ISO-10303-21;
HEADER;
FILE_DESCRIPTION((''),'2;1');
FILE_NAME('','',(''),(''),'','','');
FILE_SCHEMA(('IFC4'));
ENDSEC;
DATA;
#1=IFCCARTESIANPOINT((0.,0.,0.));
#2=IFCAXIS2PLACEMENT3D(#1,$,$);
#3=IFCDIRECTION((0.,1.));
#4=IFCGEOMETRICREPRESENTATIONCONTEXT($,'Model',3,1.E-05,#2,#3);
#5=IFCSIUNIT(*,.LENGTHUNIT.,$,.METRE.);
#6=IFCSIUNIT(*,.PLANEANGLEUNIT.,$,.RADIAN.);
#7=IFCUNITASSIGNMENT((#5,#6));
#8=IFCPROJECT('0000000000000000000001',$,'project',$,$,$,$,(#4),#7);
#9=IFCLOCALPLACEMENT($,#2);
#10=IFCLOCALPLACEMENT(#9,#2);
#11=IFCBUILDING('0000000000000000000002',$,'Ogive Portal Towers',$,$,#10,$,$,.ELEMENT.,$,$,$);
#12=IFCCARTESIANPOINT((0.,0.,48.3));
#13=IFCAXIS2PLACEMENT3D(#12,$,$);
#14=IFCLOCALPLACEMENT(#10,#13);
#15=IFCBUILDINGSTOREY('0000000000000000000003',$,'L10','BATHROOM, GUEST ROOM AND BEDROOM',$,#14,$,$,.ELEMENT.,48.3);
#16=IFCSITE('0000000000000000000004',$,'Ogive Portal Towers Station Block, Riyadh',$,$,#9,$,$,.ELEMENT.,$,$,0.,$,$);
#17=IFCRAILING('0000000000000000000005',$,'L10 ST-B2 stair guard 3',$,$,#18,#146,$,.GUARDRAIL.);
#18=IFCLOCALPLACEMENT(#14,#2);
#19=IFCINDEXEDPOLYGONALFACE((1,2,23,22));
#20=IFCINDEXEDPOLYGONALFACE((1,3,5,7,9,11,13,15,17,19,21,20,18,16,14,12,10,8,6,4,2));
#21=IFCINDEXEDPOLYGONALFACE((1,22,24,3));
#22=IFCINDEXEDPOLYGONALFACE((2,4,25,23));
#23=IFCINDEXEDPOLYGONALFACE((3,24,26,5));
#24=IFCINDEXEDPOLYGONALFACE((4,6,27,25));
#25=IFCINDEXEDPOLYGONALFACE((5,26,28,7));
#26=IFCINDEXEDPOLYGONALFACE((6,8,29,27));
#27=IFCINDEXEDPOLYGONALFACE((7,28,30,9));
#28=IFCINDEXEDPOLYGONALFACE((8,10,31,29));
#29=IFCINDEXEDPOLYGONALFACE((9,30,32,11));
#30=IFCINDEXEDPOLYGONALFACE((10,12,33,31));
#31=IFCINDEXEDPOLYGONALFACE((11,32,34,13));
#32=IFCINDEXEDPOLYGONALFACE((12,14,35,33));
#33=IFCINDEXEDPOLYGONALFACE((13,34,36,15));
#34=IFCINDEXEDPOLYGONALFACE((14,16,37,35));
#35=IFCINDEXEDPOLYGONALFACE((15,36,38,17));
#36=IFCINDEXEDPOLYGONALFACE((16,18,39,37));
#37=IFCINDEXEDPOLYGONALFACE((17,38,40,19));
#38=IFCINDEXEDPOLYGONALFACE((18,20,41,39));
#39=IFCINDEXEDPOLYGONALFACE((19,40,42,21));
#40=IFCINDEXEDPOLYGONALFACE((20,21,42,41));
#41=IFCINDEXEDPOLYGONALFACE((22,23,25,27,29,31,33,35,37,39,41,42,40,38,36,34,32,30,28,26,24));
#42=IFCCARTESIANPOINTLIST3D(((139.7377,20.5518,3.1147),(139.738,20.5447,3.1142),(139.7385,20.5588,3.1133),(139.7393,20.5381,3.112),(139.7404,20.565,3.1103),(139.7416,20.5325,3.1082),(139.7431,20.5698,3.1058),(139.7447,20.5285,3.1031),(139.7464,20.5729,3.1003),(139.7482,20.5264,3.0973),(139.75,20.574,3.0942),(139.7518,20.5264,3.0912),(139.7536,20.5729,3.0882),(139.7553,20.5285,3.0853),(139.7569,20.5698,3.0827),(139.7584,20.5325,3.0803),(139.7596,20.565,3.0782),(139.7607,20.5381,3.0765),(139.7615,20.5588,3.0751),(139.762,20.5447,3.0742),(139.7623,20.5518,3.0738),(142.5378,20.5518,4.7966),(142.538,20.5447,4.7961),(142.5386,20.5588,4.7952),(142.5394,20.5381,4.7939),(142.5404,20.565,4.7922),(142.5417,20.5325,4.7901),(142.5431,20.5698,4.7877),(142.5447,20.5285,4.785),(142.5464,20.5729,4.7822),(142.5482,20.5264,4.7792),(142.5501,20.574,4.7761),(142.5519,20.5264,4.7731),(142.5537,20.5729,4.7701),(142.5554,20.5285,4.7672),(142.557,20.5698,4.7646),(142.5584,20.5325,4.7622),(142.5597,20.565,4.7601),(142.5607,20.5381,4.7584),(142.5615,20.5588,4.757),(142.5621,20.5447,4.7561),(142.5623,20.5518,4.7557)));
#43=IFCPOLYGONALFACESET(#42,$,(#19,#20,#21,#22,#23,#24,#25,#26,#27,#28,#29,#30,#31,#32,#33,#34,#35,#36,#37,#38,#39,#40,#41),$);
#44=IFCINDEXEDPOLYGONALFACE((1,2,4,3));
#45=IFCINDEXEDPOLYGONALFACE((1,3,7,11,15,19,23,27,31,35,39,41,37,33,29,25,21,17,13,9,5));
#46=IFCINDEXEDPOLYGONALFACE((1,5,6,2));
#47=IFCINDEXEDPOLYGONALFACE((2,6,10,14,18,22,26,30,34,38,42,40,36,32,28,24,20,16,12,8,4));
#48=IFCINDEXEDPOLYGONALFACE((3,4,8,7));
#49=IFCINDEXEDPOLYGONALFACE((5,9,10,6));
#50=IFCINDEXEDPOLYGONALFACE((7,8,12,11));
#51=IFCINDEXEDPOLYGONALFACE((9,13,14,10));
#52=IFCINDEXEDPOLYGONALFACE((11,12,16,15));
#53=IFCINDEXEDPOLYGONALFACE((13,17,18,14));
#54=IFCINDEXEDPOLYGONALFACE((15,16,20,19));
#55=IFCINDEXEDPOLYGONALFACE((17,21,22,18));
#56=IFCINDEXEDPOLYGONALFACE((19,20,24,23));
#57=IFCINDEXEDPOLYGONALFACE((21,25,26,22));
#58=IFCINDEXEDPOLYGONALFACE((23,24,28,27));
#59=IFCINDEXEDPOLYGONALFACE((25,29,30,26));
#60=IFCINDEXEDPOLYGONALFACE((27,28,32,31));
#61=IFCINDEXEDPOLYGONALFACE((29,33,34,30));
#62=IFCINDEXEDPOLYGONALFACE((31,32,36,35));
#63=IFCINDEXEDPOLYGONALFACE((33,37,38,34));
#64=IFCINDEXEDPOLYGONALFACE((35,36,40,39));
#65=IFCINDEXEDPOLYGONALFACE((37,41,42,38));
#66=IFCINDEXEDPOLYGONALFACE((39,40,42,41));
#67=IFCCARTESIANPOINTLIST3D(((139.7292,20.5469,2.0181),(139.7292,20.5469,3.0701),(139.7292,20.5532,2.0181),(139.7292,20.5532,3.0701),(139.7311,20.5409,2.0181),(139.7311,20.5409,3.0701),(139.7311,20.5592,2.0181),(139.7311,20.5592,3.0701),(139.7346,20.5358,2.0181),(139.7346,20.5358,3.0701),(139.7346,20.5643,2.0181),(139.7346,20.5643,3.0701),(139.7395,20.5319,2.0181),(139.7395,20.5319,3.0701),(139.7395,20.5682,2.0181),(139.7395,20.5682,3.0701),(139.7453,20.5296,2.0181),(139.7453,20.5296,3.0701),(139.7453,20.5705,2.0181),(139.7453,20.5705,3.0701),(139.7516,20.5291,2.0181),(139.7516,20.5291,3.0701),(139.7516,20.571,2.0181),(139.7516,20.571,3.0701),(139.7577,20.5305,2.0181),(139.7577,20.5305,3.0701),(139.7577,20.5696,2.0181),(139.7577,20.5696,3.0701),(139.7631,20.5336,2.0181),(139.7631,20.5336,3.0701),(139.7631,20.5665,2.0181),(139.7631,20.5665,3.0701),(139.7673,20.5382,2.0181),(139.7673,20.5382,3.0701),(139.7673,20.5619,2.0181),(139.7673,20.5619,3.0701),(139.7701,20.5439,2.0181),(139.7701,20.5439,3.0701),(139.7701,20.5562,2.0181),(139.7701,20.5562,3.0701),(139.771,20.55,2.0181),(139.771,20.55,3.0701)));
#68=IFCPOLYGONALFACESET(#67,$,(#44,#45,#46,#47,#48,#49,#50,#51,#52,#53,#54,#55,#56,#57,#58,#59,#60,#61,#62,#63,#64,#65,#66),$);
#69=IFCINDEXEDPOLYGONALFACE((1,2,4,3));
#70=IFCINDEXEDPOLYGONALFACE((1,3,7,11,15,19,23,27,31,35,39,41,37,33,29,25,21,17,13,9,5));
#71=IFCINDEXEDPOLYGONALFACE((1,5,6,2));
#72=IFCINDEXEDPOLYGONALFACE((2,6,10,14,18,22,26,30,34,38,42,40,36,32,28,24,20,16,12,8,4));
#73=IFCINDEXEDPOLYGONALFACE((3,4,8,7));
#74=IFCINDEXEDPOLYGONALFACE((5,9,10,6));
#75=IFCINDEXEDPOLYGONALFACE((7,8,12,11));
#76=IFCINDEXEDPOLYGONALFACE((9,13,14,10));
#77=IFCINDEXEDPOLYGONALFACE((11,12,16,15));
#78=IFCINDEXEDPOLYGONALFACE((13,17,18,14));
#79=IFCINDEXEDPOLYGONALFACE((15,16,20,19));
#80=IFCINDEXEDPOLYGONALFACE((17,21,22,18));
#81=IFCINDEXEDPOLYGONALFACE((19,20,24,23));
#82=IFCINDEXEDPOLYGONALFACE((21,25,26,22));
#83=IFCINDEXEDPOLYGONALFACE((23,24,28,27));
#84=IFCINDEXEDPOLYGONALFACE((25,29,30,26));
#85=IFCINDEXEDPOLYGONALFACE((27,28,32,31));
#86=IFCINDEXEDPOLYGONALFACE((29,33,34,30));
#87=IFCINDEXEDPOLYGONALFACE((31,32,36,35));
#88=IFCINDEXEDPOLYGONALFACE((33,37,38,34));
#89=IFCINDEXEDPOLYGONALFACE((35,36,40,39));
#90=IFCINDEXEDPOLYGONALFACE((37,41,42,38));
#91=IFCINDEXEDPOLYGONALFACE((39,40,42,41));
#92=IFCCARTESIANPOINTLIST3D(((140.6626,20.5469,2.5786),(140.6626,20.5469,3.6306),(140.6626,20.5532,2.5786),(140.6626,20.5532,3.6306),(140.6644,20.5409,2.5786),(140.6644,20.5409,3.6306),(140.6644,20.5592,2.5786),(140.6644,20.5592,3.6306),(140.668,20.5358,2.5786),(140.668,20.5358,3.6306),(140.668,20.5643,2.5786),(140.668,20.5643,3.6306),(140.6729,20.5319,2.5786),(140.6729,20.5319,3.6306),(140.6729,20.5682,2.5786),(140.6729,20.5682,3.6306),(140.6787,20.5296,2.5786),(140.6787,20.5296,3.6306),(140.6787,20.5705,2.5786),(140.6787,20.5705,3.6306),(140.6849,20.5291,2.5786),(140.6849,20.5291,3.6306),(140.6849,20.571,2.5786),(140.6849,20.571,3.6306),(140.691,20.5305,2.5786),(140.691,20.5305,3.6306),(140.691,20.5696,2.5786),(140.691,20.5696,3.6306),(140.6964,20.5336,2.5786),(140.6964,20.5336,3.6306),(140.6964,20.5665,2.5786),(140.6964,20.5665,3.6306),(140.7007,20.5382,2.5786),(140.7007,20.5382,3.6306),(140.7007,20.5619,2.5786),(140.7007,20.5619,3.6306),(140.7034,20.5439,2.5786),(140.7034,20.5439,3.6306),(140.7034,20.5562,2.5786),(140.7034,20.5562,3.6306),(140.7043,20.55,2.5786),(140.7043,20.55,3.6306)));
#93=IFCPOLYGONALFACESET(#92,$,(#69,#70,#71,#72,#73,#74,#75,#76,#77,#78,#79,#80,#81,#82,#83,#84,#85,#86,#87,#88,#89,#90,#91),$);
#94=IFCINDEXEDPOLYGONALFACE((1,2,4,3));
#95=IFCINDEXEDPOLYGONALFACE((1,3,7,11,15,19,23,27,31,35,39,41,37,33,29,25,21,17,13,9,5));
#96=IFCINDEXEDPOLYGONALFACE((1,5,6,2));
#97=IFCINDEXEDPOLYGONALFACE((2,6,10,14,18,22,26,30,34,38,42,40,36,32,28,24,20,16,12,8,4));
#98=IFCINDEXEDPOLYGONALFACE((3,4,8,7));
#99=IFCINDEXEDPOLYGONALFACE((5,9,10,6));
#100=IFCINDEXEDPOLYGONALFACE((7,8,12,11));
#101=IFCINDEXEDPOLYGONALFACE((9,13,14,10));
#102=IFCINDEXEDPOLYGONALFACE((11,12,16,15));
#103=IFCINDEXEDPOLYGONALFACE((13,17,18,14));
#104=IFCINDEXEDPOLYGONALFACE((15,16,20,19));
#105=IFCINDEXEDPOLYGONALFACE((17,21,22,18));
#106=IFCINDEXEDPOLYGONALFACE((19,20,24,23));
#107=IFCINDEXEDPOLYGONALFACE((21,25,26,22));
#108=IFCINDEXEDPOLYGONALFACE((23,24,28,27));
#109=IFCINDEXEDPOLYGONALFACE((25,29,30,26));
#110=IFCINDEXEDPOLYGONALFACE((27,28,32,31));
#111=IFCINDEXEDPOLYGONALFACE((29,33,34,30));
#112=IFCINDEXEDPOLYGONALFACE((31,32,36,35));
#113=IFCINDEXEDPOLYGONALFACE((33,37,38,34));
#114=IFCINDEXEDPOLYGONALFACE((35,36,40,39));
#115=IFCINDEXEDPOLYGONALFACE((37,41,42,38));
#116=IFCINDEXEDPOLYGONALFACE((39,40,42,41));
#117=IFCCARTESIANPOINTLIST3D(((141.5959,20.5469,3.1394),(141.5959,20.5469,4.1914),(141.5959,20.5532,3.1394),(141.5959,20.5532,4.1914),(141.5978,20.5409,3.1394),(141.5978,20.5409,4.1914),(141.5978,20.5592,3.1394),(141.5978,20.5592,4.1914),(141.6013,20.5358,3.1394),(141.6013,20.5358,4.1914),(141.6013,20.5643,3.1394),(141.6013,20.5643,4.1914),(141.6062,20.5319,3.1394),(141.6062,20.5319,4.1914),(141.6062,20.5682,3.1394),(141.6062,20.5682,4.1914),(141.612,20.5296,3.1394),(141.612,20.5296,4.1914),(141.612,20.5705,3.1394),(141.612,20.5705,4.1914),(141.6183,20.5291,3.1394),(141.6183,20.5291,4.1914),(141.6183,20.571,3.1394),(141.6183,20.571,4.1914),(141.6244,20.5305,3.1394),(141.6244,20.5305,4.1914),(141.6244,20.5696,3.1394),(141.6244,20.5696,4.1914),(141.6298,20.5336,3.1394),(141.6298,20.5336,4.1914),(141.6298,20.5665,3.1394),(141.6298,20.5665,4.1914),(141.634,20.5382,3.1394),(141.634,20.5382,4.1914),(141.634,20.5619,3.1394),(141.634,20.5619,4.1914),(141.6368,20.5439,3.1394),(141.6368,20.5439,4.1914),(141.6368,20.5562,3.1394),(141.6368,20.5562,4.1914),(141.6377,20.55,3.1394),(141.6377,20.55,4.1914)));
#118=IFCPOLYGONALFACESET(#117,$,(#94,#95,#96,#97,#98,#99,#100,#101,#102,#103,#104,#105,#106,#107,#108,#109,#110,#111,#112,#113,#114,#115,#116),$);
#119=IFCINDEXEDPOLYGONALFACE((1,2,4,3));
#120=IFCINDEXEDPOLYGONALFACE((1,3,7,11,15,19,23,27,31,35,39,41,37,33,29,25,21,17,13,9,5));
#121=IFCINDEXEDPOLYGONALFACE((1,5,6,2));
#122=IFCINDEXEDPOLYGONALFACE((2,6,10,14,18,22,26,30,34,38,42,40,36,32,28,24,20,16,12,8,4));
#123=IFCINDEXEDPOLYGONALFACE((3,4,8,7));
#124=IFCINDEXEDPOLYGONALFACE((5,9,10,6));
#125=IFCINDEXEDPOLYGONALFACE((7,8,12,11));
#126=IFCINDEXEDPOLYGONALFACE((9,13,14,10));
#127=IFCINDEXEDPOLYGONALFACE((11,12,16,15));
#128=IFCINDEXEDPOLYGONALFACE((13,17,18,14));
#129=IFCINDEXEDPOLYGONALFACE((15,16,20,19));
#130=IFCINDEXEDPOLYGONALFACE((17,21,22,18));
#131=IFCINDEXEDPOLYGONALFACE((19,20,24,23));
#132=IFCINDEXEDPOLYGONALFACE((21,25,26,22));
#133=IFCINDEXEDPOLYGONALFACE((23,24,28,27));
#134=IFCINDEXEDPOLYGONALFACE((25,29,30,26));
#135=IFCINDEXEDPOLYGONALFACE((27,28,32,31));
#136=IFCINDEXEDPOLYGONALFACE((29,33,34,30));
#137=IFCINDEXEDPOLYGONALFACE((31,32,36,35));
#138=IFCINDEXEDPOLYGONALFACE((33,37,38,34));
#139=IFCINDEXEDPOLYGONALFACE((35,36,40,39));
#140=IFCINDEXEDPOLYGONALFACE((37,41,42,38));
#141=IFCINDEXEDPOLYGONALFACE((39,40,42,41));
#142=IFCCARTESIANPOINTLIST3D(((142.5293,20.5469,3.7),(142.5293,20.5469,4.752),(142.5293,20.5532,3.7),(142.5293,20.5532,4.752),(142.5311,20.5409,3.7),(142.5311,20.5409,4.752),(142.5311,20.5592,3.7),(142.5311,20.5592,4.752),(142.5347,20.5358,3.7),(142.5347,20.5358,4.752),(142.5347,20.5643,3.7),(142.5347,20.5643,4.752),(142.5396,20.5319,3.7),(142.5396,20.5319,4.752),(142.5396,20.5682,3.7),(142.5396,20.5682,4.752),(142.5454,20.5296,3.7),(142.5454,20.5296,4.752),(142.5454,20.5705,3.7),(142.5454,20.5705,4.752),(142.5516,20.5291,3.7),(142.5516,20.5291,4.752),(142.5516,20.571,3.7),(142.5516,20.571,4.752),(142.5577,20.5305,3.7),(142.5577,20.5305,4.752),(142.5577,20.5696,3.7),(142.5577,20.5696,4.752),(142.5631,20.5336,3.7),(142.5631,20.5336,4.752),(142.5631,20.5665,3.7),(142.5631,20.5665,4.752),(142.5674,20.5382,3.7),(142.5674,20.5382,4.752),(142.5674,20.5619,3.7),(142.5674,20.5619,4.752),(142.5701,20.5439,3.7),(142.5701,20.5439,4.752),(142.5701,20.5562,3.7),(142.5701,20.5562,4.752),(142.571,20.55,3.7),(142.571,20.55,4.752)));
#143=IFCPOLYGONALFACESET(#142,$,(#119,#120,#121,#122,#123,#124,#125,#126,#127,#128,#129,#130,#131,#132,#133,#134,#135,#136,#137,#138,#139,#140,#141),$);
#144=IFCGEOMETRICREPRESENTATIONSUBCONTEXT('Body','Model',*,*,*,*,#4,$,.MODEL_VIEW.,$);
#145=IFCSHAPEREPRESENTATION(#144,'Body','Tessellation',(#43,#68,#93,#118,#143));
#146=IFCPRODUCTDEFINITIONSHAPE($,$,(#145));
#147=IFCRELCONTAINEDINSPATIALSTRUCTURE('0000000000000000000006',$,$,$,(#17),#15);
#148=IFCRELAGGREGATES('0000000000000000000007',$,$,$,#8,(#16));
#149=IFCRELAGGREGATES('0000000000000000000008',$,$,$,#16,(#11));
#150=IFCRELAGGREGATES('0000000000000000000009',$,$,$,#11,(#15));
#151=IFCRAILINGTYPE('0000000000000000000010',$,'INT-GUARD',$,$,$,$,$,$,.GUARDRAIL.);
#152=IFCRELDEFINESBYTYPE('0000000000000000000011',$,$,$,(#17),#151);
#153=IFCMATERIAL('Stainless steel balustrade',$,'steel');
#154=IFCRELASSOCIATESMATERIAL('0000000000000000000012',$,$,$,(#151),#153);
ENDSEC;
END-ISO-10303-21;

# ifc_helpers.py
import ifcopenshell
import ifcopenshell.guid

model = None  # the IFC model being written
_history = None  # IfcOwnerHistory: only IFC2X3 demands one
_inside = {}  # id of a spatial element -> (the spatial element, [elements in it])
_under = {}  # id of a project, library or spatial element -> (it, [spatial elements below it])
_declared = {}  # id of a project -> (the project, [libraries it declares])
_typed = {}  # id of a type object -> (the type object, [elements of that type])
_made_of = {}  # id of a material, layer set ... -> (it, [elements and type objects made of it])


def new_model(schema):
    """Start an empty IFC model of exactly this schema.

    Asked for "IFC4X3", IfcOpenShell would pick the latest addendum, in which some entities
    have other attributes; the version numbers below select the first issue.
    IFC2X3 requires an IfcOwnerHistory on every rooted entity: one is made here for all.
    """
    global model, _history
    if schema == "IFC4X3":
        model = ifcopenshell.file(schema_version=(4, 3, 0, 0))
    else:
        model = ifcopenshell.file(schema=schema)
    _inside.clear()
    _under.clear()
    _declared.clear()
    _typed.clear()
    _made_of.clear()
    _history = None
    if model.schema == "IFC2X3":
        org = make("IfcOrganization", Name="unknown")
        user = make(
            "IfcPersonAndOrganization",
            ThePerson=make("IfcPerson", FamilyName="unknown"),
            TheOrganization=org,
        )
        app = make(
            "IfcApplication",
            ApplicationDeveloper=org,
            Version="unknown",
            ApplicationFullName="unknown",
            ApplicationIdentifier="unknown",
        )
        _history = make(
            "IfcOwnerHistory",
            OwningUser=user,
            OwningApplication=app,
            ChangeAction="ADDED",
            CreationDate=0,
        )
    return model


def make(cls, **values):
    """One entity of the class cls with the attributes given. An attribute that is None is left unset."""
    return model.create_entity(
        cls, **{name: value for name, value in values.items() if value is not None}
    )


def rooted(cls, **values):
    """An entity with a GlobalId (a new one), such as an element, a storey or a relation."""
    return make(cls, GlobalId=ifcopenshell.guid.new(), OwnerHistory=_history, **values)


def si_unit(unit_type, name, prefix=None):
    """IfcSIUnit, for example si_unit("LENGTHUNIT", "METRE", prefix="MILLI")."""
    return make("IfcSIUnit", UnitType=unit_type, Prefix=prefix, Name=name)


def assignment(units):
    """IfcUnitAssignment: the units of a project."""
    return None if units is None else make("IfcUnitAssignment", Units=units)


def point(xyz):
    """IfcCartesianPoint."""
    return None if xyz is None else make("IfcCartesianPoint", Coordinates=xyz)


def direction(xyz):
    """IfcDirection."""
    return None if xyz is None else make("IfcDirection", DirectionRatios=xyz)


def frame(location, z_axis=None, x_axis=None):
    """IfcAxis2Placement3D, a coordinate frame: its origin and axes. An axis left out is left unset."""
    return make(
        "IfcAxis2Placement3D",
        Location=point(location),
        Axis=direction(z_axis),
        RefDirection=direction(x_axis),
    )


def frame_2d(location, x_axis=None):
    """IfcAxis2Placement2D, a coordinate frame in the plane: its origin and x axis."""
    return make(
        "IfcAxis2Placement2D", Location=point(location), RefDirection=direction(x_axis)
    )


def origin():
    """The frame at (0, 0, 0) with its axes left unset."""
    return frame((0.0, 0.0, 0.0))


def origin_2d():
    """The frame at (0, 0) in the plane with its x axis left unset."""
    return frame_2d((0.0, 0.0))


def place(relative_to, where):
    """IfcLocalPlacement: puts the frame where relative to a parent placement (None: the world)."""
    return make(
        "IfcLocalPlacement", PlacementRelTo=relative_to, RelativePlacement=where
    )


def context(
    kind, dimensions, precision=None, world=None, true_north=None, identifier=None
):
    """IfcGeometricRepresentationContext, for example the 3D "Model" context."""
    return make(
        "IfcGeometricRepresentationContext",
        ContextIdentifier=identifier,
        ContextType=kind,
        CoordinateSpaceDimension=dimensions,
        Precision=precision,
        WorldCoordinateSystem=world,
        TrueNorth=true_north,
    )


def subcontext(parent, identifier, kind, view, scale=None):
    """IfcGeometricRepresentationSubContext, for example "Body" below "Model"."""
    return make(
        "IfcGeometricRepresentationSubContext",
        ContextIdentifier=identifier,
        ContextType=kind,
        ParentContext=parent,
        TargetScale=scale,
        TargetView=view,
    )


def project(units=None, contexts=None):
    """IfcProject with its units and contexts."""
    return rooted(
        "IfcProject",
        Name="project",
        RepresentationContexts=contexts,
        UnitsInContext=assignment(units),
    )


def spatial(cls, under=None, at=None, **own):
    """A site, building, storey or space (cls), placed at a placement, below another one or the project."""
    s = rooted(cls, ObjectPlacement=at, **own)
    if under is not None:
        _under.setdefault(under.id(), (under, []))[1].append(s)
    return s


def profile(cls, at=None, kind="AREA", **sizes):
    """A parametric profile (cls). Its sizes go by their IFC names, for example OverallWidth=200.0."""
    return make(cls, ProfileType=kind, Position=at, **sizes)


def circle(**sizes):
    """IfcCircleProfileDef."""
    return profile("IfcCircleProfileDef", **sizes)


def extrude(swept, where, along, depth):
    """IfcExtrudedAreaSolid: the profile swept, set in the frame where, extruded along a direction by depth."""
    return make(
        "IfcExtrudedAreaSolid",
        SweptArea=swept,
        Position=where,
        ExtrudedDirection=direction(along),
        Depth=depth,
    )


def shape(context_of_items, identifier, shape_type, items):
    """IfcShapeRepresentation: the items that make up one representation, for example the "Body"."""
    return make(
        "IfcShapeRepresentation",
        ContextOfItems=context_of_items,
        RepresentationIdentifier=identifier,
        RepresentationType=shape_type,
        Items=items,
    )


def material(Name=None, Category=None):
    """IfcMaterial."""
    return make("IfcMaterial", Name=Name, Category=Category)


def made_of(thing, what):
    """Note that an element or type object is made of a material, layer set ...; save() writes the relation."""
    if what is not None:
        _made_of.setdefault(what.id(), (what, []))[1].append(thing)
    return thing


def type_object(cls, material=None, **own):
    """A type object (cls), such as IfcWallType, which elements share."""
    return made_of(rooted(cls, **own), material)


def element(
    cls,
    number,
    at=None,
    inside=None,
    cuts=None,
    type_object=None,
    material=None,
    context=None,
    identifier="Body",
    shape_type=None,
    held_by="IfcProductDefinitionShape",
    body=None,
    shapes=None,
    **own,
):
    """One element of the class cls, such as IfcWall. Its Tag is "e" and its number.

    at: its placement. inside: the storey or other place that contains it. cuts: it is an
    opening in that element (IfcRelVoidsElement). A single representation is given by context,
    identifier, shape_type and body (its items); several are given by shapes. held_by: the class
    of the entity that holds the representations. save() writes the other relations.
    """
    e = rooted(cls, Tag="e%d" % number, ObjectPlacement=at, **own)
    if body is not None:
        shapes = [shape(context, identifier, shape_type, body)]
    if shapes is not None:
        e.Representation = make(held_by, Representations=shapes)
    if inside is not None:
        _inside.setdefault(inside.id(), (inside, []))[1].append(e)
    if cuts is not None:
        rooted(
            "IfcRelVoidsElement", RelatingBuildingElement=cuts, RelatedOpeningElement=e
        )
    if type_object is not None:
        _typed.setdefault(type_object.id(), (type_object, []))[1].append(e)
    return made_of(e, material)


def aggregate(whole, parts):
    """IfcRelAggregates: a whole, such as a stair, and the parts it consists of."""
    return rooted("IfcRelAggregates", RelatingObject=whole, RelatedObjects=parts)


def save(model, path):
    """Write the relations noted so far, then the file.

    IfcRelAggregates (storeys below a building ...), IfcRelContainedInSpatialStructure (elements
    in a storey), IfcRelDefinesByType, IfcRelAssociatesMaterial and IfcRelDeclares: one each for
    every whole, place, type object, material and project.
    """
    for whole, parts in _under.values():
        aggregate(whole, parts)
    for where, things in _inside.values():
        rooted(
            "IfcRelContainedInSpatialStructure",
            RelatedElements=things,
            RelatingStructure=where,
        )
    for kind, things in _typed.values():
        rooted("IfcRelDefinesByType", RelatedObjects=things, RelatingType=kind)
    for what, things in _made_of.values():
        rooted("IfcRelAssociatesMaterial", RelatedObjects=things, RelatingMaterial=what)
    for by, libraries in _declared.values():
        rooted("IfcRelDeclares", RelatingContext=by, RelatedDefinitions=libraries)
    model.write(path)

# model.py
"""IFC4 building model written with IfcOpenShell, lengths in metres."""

from ifc_helpers import new_model, si_unit, direction, frame, origin, origin_2d, place, context, subcontext, project, spatial, circle, extrude, material, type_object, element, save


model = new_model("IFC4")

# Units and contexts
model_context = context("Model", 3, precision=1e-05, world=origin(), true_north=direction((0.0, 1.0)))
body_context = subcontext(model_context, "Body", "Model", "MODEL_VIEW")
ifc_project = project(units=[si_unit("LENGTHUNIT", "METRE"), si_unit("PLANEANGLEUNIT", "RADIAN")], contexts=[model_context])

# Site, building, storey
site_placement = place(None, origin())
site = spatial("IfcSite", under=ifc_project, at=site_placement, Name="Ogive Portal Towers Station Block, Riyadh", CompositionType="ELEMENT", RefElevation=0.0)
building_placement = place(site_placement, origin())
building = spatial("IfcBuilding", under=site, at=building_placement, Name="Ogive Portal Towers", CompositionType="ELEMENT")
storey_placement = place(building_placement, frame((0.0, 0.0, 48.3)))
storey = spatial("IfcBuildingStorey", under=building, at=storey_placement, Name="L10", Description="BATHROOM, GUEST ROOM AND BEDROOM", CompositionType="ELEMENT", Elevation=48.3)

# Railing
ifc_material_1 = material(Name="Stainless steel balustrade", Category="steel")
railing_type_1 = type_object("IfcRailingType", Name="INT-GUARD", PredefinedType="GUARDRAIL", material=ifc_material_1)
railing_1_placement = place(storey_placement, frame((139.75, 20.55, 2.0181)))
element("IfcRailing", 1, at=railing_1_placement, inside=storey, type_object=railing_type_1, Name="L10 ST-B2 stair guard 3", PredefinedType="GUARDRAIL", context=body_context, shape_type="SweptSolid", body=[
    extrude(circle(Radius=0.0239, at=origin_2d()), frame((0.0, 0.0, 1.0762), z_axis=(0.857242, 0.0, 0.514913), x_axis=(0.0, 1.0, 0.0)), (0.0, 0.0, 1.0), 3.2664),
    extrude(circle(Radius=0.021, at=origin_2d()), origin(), (0.0, 0.0, 1.0), 1.052),
    extrude(circle(Radius=0.021, at=origin_2d()), frame((0.9333, 0.0, 0.5605)), (0.0, 0.0, 1.0), 1.052),
    extrude(circle(Radius=0.021, at=origin_2d()), frame((1.8667, 0.0, 1.1213)), (0.0, 0.0, 1.0), 1.052),
    extrude(circle(Radius=0.021, at=origin_2d()), frame((2.8, 0.0, 1.6819)), (0.0, 0.0, 1.0), 1.052),
])

save(model, "model.ifc")
